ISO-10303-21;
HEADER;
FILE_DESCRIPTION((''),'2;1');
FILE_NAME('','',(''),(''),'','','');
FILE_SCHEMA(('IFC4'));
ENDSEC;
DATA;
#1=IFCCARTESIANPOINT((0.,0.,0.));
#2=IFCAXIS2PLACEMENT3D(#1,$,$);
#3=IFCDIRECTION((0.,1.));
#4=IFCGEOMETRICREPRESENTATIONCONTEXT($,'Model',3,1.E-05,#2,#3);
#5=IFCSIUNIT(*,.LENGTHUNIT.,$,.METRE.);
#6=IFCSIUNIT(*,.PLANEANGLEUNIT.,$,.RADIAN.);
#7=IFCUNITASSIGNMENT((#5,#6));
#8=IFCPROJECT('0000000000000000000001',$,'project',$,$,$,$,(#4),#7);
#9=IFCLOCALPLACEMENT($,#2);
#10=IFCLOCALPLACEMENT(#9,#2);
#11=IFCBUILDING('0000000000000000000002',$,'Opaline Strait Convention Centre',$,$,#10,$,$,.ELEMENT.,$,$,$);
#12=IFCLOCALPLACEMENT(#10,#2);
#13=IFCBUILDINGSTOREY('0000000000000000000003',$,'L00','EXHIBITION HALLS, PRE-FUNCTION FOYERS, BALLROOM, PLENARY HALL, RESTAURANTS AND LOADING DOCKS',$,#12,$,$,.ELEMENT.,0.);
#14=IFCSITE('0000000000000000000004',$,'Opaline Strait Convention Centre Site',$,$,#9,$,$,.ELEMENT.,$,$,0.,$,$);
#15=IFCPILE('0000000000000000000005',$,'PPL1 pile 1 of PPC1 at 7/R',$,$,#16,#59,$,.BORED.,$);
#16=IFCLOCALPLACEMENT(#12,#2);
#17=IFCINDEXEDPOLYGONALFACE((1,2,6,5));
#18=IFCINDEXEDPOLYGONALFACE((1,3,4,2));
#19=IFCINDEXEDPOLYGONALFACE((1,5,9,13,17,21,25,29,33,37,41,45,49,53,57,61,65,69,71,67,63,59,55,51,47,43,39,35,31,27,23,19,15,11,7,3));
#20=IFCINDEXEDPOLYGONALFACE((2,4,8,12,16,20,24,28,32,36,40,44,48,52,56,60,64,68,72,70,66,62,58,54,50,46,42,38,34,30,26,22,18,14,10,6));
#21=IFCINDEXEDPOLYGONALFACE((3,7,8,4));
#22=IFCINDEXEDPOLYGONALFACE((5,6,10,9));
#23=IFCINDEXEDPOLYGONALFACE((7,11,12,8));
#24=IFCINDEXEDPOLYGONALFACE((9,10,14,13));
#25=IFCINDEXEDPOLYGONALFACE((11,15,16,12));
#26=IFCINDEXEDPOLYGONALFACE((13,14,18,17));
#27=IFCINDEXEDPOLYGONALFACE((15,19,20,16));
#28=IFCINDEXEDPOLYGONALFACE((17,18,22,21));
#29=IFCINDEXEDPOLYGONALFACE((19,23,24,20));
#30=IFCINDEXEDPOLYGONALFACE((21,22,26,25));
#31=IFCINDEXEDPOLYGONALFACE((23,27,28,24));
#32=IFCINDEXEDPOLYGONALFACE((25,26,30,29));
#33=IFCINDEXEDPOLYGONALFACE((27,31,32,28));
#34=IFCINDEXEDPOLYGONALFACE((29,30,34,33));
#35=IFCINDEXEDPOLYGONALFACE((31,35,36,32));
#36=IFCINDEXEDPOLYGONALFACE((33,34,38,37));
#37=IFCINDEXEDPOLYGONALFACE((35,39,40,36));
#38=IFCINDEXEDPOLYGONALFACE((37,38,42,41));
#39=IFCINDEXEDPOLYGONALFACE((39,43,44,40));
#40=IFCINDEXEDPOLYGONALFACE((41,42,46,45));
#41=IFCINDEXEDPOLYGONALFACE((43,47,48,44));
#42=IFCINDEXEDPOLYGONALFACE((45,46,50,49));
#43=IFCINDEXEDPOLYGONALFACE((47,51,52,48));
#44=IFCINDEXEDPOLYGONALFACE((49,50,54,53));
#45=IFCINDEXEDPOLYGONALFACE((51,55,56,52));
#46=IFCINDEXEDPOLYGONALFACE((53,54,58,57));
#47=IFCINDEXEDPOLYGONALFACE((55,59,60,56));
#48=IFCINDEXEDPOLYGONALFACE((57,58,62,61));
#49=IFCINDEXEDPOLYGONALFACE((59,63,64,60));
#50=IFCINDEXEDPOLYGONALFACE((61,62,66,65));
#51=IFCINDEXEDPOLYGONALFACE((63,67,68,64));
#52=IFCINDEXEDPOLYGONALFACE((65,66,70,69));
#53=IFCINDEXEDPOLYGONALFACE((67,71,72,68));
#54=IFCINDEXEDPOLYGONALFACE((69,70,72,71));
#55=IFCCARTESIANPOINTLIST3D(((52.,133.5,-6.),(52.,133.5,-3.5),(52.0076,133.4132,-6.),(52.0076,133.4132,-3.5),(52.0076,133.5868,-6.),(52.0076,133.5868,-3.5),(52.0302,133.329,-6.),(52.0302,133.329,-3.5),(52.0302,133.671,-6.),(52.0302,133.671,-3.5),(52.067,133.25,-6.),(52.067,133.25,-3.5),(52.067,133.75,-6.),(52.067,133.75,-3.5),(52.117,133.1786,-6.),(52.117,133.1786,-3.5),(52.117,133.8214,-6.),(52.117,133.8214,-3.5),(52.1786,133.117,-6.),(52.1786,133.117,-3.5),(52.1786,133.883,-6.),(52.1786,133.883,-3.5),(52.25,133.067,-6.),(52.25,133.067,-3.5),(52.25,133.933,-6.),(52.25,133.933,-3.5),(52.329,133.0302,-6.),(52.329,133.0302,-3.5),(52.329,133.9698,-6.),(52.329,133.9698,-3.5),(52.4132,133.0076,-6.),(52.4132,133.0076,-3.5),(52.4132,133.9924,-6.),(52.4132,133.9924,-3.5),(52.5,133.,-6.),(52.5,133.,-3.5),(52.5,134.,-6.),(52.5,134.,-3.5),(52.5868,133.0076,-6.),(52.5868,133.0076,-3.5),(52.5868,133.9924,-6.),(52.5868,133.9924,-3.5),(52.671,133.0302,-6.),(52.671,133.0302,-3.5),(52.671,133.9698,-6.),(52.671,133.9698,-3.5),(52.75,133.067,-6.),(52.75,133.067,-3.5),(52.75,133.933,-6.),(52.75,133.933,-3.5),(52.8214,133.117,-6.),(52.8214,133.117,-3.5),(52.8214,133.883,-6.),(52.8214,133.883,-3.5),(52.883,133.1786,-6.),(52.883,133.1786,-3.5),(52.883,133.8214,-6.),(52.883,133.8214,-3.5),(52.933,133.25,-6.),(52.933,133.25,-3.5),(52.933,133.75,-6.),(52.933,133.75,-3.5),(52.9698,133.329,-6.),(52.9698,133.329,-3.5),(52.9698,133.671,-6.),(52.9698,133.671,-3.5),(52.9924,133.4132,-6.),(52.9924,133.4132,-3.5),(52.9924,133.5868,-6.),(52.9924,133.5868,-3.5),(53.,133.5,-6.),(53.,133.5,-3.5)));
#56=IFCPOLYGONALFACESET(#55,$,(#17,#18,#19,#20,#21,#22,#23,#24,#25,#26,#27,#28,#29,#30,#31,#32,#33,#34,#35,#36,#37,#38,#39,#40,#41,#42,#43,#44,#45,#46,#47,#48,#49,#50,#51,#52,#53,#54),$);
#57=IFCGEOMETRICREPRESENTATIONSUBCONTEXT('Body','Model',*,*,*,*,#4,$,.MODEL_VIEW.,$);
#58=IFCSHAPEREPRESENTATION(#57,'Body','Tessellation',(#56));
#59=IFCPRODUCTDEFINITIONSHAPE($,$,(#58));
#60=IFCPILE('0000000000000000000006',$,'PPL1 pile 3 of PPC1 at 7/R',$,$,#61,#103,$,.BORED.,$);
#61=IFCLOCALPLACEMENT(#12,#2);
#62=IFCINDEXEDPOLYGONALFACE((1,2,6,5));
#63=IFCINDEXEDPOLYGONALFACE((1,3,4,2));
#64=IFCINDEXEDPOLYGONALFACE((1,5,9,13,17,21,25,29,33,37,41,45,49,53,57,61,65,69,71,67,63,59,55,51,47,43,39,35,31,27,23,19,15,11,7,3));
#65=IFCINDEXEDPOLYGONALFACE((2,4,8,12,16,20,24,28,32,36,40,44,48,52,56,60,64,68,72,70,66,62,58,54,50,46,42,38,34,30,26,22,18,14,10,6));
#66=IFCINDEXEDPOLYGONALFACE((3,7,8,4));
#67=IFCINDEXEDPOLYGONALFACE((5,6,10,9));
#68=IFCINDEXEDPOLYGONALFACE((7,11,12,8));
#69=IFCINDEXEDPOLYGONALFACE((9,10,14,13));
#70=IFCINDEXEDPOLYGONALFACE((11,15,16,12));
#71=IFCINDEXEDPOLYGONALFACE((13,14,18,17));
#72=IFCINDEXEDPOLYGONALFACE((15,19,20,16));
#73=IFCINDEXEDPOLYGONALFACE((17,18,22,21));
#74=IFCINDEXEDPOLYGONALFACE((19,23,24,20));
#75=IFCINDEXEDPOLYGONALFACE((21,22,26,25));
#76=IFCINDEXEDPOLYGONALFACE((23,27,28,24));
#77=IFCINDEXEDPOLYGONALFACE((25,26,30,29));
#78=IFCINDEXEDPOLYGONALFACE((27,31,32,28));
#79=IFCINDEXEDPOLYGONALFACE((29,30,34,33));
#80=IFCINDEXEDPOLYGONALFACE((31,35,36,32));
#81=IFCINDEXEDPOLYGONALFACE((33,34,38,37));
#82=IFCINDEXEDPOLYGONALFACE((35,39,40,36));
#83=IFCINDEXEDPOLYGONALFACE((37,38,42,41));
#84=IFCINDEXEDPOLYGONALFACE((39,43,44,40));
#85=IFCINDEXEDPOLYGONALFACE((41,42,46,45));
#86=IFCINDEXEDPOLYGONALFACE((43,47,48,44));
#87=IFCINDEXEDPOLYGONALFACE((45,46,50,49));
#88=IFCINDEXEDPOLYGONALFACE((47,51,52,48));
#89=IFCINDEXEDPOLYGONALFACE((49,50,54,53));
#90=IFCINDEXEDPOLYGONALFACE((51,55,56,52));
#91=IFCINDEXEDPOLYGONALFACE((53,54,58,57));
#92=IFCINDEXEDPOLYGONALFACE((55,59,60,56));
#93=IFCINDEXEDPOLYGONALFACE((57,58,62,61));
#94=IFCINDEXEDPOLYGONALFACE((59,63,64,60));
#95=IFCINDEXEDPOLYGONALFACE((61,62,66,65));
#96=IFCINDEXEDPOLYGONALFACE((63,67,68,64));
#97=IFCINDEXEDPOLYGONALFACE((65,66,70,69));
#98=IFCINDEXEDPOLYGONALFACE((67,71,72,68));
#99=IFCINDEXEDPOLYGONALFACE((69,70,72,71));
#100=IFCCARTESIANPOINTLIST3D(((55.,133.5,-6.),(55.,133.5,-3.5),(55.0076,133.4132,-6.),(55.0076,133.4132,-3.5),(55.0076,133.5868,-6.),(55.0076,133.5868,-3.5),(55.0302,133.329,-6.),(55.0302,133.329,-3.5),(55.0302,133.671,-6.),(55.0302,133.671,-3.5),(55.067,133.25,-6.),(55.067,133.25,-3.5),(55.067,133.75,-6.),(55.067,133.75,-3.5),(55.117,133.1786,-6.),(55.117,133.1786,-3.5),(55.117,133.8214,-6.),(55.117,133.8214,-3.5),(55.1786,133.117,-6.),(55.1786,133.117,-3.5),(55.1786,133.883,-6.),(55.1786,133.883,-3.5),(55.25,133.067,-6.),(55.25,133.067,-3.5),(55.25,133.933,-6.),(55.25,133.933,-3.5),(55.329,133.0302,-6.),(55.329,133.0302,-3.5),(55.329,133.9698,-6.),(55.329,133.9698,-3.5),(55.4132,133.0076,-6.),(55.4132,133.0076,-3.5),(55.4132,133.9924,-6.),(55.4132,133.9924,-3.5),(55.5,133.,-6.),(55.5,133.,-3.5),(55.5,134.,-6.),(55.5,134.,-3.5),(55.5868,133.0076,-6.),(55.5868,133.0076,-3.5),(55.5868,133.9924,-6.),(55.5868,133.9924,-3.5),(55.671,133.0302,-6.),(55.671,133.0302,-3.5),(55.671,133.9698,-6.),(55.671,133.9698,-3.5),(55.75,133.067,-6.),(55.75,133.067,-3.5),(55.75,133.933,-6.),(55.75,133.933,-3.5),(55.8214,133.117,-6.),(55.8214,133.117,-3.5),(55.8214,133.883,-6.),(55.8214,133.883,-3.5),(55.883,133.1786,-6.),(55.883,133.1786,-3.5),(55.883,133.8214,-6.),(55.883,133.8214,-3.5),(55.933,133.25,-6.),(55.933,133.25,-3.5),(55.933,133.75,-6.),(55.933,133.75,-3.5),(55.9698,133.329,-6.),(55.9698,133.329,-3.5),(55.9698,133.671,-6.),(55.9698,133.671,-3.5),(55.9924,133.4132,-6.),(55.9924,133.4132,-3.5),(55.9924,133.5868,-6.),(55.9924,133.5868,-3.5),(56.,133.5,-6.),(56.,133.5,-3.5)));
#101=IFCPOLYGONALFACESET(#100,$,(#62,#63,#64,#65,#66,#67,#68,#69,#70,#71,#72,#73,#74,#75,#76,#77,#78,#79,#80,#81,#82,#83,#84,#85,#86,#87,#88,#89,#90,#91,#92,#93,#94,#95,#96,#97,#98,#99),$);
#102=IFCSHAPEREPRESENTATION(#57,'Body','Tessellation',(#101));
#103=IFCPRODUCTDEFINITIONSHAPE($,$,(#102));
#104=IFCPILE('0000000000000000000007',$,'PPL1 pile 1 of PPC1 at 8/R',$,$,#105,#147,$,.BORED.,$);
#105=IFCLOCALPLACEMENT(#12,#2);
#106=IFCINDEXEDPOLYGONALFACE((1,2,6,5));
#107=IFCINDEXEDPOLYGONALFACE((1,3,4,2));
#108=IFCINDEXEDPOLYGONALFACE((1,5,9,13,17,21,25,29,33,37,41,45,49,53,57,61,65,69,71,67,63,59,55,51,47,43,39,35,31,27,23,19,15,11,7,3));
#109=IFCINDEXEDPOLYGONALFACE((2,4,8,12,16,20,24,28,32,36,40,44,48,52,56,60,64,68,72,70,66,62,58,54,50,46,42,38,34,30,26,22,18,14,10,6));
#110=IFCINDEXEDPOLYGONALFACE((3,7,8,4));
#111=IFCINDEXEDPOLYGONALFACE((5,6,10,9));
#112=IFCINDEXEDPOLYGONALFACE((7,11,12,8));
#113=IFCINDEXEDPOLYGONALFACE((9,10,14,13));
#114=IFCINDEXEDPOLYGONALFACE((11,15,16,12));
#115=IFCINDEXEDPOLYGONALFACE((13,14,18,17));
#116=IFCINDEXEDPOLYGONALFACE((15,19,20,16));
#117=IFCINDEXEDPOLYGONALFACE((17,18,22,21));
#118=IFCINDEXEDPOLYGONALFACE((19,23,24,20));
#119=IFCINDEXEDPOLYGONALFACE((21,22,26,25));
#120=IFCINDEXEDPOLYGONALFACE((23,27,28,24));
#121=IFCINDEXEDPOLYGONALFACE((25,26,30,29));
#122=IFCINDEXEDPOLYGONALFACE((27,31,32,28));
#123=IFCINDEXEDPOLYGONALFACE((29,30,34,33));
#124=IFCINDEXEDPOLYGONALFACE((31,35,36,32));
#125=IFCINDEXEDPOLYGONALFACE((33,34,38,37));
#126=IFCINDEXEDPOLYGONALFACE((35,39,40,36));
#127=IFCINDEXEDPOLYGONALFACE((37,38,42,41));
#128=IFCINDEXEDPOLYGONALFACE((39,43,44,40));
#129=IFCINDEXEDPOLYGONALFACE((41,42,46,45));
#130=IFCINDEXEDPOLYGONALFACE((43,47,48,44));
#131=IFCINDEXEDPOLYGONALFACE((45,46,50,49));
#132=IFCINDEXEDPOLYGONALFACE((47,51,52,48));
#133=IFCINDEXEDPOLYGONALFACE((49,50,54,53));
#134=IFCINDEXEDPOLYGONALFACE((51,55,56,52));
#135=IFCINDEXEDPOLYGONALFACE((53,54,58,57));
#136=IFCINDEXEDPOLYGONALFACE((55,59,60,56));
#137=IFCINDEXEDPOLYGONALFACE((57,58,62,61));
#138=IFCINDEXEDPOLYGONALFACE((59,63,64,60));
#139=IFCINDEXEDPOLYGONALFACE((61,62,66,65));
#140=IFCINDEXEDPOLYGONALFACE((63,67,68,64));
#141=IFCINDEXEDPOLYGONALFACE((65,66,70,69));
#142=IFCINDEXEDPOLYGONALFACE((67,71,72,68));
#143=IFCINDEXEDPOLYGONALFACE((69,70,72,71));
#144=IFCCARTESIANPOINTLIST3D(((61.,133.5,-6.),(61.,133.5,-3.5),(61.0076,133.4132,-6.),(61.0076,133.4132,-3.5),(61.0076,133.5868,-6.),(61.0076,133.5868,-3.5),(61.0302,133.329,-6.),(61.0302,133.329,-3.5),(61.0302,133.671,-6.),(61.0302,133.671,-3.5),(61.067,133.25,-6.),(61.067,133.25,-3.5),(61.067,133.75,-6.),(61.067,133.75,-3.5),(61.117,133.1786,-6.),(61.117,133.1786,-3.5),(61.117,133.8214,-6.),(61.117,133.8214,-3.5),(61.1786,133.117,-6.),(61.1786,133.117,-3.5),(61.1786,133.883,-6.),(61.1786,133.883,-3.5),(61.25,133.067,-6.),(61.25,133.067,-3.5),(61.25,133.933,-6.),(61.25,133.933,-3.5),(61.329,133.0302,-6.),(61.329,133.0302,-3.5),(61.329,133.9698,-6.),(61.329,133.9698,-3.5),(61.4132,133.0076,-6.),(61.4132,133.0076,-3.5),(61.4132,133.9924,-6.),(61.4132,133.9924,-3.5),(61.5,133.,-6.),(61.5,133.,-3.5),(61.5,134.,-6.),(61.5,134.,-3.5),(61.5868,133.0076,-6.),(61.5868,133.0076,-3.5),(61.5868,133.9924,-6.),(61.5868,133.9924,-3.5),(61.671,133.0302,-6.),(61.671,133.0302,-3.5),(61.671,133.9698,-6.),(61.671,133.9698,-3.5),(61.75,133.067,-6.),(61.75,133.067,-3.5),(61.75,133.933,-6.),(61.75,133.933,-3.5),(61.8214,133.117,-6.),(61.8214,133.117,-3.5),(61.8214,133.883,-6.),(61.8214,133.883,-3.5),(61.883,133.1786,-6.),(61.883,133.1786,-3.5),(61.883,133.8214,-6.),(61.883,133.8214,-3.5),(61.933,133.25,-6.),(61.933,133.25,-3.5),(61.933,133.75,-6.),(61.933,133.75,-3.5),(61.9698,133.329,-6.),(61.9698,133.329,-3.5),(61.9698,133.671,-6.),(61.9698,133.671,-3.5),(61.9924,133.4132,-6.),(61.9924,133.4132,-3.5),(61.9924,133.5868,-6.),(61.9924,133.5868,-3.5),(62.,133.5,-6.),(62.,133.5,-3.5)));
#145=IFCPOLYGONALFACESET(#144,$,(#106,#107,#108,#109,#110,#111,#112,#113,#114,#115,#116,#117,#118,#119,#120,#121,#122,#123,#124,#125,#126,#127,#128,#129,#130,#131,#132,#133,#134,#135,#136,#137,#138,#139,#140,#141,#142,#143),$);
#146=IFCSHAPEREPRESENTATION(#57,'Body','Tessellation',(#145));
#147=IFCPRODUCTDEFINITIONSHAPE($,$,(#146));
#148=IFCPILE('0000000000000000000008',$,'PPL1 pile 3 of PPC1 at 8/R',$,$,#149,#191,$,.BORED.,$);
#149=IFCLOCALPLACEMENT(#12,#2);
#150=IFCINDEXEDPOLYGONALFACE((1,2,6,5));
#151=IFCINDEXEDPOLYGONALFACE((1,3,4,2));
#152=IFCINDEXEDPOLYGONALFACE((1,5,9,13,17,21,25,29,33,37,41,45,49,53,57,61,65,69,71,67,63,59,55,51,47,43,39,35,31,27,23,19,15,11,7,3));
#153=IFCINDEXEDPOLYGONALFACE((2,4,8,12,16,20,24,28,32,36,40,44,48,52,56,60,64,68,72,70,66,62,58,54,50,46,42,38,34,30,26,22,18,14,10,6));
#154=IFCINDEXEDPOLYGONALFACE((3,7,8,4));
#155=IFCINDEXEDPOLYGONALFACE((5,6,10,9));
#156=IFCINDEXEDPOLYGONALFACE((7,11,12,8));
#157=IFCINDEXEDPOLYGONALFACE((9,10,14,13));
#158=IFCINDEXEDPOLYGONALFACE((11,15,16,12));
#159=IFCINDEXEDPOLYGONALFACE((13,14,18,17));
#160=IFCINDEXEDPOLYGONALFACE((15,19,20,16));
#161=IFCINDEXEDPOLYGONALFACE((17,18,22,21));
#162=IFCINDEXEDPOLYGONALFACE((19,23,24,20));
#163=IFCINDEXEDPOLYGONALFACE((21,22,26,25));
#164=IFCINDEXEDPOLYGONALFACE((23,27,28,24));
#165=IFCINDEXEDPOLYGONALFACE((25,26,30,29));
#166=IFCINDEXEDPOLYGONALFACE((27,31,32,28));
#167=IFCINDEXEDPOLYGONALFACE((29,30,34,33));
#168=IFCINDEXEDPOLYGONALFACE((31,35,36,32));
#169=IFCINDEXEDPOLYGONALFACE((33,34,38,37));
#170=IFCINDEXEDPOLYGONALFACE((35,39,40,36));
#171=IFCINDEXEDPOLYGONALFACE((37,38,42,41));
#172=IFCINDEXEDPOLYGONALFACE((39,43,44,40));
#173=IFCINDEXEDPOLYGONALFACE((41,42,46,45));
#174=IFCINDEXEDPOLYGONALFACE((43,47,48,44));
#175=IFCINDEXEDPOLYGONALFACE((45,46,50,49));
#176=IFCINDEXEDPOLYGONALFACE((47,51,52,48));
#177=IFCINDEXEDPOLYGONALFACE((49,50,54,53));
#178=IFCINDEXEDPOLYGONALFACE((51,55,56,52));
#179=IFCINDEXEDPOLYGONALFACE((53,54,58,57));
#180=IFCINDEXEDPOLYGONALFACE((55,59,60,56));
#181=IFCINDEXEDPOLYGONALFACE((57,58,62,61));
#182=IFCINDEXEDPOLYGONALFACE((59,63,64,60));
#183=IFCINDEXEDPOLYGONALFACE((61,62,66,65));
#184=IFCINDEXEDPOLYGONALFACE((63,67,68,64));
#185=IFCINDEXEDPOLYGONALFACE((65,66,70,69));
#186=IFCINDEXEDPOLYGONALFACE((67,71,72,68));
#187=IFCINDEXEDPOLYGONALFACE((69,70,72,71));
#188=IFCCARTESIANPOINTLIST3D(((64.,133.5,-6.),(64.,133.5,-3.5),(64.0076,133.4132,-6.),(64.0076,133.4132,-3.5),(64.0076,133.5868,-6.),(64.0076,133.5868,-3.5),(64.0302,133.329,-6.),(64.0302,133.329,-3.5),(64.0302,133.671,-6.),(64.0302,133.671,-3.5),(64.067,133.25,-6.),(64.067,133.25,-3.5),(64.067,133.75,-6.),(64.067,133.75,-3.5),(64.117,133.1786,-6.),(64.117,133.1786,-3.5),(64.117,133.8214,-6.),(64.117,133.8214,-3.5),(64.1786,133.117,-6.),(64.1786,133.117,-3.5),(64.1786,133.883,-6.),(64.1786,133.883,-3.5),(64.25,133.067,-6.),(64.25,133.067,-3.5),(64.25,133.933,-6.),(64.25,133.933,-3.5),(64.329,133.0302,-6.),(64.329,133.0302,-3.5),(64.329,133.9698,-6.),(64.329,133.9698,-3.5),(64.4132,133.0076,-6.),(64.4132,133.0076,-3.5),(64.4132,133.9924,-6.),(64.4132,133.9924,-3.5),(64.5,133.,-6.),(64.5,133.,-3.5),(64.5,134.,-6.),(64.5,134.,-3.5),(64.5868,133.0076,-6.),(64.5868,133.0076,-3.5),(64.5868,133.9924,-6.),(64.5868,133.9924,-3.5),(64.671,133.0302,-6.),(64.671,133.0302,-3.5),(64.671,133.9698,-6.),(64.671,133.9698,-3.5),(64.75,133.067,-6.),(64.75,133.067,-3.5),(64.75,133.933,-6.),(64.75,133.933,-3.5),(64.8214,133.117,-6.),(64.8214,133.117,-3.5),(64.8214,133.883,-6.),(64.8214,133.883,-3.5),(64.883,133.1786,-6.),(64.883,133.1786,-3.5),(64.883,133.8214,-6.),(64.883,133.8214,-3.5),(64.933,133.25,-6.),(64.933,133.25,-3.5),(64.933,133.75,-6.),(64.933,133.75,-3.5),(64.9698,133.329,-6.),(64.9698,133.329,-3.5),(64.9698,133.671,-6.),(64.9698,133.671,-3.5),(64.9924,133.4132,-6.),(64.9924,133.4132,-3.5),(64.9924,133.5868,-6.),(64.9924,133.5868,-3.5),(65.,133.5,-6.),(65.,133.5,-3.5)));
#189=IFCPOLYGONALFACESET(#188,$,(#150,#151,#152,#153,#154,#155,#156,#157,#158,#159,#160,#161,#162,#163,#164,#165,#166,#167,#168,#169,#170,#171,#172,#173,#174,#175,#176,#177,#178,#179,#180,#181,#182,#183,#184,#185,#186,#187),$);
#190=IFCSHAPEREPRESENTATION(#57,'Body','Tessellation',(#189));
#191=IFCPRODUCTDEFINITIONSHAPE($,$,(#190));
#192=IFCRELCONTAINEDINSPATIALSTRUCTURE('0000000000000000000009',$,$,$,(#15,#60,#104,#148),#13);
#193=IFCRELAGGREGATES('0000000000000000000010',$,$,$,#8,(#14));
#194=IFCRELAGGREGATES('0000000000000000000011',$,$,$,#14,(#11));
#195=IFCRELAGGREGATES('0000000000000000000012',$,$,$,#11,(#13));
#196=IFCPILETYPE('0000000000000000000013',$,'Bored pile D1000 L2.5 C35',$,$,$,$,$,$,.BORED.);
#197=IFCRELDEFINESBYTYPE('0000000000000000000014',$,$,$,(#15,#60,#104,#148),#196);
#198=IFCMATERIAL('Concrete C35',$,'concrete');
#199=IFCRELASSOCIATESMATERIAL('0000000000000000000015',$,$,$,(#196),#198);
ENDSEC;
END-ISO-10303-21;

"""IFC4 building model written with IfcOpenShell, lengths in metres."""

from ifc_helpers import new_model, si_unit, direction, frame, origin, origin_2d, place, context, subcontext, project, spatial, circle, extrude, material, material_profile, profile_set, type_object, element, save


model = new_model("IFC4")

# Units and contexts
model_context = context("Model", 3, precision=1e-05, world=origin(), true_north=direction((0.0, 1.0)))
body_context = subcontext(model_context, "Body", "Model", "MODEL_VIEW")
ifc_project = project(units=[si_unit("LENGTHUNIT", "METRE"), si_unit("PLANEANGLEUNIT", "RADIAN")], contexts=[model_context])

# Site, building, storey
site_placement = place(None, origin())
site = spatial("IfcSite", under=ifc_project, at=site_placement, Name="Opaline Strait Convention Centre Site", CompositionType="ELEMENT", RefElevation=0.0)
building_placement = place(site_placement, origin())
building = spatial("IfcBuilding", under=site, at=building_placement, Name="Opaline Strait Convention Centre", CompositionType="ELEMENT")
storey_placement = place(building_placement, origin())
storey = spatial("IfcBuildingStorey", under=building, at=storey_placement, Name="L00", Description="EXHIBITION HALLS, PRE-FUNCTION FOYERS, BALLROOM, PLENARY HALL, RESTAURANTS AND LOADING DOCKS", CompositionType="ELEMENT", Elevation=0.0)

# Piles
ifc_material_1 = material(Name="Concrete C35", Category="concrete")
ifc_material_profile_1 = material_profile(ifc_material_1, circle(Radius=0.5, at=origin_2d()), Name="D1000")
ifc_profile_set_1 = profile_set([ifc_material_profile_1], Name="Concrete C35")
pile_type_1 = type_object("IfcPileType", Name="Bored pile D1000 L2.5 C35", PredefinedType="BORED", material=ifc_profile_set_1)
for number, where, z_axis, x_axis, name in (
    (1, (52.5, 133.5, -3.5), (0.0, 0.0, -1.0), (1.0, 0.0, 0.0), "PPL1 pile 1 of PPC1 at 7/R"),
    (2, (55.5, 133.5, -3.5), (0.0, 0.0, -1.0), (1.0, 0.0, 0.0), "PPL1 pile 3 of PPC1 at 7/R"),
    (3, (61.5, 133.5, -3.5), (0.0, 0.0, -1.0), (1.0, 0.0, 0.0), "PPL1 pile 1 of PPC1 at 8/R"),
    (4, (64.5, 133.5, -3.5), (0.0, 0.0, -1.0), (1.0, 0.0, 0.0), "PPL1 pile 3 of PPC1 at 8/R"),
):
    element("IfcPile", number, at=place(storey_placement, frame(where, z_axis=z_axis, x_axis=x_axis)), inside=storey, type_object=pile_type_1, Name=name, PredefinedType="BORED", context=body_context, shape_type="SweptSolid", body=[
        extrude(circle(Radius=0.5, at=origin_2d()), origin(), (0.0, 0.0, 1.0), 2.5),
    ])

save(model, "model.ifc")
